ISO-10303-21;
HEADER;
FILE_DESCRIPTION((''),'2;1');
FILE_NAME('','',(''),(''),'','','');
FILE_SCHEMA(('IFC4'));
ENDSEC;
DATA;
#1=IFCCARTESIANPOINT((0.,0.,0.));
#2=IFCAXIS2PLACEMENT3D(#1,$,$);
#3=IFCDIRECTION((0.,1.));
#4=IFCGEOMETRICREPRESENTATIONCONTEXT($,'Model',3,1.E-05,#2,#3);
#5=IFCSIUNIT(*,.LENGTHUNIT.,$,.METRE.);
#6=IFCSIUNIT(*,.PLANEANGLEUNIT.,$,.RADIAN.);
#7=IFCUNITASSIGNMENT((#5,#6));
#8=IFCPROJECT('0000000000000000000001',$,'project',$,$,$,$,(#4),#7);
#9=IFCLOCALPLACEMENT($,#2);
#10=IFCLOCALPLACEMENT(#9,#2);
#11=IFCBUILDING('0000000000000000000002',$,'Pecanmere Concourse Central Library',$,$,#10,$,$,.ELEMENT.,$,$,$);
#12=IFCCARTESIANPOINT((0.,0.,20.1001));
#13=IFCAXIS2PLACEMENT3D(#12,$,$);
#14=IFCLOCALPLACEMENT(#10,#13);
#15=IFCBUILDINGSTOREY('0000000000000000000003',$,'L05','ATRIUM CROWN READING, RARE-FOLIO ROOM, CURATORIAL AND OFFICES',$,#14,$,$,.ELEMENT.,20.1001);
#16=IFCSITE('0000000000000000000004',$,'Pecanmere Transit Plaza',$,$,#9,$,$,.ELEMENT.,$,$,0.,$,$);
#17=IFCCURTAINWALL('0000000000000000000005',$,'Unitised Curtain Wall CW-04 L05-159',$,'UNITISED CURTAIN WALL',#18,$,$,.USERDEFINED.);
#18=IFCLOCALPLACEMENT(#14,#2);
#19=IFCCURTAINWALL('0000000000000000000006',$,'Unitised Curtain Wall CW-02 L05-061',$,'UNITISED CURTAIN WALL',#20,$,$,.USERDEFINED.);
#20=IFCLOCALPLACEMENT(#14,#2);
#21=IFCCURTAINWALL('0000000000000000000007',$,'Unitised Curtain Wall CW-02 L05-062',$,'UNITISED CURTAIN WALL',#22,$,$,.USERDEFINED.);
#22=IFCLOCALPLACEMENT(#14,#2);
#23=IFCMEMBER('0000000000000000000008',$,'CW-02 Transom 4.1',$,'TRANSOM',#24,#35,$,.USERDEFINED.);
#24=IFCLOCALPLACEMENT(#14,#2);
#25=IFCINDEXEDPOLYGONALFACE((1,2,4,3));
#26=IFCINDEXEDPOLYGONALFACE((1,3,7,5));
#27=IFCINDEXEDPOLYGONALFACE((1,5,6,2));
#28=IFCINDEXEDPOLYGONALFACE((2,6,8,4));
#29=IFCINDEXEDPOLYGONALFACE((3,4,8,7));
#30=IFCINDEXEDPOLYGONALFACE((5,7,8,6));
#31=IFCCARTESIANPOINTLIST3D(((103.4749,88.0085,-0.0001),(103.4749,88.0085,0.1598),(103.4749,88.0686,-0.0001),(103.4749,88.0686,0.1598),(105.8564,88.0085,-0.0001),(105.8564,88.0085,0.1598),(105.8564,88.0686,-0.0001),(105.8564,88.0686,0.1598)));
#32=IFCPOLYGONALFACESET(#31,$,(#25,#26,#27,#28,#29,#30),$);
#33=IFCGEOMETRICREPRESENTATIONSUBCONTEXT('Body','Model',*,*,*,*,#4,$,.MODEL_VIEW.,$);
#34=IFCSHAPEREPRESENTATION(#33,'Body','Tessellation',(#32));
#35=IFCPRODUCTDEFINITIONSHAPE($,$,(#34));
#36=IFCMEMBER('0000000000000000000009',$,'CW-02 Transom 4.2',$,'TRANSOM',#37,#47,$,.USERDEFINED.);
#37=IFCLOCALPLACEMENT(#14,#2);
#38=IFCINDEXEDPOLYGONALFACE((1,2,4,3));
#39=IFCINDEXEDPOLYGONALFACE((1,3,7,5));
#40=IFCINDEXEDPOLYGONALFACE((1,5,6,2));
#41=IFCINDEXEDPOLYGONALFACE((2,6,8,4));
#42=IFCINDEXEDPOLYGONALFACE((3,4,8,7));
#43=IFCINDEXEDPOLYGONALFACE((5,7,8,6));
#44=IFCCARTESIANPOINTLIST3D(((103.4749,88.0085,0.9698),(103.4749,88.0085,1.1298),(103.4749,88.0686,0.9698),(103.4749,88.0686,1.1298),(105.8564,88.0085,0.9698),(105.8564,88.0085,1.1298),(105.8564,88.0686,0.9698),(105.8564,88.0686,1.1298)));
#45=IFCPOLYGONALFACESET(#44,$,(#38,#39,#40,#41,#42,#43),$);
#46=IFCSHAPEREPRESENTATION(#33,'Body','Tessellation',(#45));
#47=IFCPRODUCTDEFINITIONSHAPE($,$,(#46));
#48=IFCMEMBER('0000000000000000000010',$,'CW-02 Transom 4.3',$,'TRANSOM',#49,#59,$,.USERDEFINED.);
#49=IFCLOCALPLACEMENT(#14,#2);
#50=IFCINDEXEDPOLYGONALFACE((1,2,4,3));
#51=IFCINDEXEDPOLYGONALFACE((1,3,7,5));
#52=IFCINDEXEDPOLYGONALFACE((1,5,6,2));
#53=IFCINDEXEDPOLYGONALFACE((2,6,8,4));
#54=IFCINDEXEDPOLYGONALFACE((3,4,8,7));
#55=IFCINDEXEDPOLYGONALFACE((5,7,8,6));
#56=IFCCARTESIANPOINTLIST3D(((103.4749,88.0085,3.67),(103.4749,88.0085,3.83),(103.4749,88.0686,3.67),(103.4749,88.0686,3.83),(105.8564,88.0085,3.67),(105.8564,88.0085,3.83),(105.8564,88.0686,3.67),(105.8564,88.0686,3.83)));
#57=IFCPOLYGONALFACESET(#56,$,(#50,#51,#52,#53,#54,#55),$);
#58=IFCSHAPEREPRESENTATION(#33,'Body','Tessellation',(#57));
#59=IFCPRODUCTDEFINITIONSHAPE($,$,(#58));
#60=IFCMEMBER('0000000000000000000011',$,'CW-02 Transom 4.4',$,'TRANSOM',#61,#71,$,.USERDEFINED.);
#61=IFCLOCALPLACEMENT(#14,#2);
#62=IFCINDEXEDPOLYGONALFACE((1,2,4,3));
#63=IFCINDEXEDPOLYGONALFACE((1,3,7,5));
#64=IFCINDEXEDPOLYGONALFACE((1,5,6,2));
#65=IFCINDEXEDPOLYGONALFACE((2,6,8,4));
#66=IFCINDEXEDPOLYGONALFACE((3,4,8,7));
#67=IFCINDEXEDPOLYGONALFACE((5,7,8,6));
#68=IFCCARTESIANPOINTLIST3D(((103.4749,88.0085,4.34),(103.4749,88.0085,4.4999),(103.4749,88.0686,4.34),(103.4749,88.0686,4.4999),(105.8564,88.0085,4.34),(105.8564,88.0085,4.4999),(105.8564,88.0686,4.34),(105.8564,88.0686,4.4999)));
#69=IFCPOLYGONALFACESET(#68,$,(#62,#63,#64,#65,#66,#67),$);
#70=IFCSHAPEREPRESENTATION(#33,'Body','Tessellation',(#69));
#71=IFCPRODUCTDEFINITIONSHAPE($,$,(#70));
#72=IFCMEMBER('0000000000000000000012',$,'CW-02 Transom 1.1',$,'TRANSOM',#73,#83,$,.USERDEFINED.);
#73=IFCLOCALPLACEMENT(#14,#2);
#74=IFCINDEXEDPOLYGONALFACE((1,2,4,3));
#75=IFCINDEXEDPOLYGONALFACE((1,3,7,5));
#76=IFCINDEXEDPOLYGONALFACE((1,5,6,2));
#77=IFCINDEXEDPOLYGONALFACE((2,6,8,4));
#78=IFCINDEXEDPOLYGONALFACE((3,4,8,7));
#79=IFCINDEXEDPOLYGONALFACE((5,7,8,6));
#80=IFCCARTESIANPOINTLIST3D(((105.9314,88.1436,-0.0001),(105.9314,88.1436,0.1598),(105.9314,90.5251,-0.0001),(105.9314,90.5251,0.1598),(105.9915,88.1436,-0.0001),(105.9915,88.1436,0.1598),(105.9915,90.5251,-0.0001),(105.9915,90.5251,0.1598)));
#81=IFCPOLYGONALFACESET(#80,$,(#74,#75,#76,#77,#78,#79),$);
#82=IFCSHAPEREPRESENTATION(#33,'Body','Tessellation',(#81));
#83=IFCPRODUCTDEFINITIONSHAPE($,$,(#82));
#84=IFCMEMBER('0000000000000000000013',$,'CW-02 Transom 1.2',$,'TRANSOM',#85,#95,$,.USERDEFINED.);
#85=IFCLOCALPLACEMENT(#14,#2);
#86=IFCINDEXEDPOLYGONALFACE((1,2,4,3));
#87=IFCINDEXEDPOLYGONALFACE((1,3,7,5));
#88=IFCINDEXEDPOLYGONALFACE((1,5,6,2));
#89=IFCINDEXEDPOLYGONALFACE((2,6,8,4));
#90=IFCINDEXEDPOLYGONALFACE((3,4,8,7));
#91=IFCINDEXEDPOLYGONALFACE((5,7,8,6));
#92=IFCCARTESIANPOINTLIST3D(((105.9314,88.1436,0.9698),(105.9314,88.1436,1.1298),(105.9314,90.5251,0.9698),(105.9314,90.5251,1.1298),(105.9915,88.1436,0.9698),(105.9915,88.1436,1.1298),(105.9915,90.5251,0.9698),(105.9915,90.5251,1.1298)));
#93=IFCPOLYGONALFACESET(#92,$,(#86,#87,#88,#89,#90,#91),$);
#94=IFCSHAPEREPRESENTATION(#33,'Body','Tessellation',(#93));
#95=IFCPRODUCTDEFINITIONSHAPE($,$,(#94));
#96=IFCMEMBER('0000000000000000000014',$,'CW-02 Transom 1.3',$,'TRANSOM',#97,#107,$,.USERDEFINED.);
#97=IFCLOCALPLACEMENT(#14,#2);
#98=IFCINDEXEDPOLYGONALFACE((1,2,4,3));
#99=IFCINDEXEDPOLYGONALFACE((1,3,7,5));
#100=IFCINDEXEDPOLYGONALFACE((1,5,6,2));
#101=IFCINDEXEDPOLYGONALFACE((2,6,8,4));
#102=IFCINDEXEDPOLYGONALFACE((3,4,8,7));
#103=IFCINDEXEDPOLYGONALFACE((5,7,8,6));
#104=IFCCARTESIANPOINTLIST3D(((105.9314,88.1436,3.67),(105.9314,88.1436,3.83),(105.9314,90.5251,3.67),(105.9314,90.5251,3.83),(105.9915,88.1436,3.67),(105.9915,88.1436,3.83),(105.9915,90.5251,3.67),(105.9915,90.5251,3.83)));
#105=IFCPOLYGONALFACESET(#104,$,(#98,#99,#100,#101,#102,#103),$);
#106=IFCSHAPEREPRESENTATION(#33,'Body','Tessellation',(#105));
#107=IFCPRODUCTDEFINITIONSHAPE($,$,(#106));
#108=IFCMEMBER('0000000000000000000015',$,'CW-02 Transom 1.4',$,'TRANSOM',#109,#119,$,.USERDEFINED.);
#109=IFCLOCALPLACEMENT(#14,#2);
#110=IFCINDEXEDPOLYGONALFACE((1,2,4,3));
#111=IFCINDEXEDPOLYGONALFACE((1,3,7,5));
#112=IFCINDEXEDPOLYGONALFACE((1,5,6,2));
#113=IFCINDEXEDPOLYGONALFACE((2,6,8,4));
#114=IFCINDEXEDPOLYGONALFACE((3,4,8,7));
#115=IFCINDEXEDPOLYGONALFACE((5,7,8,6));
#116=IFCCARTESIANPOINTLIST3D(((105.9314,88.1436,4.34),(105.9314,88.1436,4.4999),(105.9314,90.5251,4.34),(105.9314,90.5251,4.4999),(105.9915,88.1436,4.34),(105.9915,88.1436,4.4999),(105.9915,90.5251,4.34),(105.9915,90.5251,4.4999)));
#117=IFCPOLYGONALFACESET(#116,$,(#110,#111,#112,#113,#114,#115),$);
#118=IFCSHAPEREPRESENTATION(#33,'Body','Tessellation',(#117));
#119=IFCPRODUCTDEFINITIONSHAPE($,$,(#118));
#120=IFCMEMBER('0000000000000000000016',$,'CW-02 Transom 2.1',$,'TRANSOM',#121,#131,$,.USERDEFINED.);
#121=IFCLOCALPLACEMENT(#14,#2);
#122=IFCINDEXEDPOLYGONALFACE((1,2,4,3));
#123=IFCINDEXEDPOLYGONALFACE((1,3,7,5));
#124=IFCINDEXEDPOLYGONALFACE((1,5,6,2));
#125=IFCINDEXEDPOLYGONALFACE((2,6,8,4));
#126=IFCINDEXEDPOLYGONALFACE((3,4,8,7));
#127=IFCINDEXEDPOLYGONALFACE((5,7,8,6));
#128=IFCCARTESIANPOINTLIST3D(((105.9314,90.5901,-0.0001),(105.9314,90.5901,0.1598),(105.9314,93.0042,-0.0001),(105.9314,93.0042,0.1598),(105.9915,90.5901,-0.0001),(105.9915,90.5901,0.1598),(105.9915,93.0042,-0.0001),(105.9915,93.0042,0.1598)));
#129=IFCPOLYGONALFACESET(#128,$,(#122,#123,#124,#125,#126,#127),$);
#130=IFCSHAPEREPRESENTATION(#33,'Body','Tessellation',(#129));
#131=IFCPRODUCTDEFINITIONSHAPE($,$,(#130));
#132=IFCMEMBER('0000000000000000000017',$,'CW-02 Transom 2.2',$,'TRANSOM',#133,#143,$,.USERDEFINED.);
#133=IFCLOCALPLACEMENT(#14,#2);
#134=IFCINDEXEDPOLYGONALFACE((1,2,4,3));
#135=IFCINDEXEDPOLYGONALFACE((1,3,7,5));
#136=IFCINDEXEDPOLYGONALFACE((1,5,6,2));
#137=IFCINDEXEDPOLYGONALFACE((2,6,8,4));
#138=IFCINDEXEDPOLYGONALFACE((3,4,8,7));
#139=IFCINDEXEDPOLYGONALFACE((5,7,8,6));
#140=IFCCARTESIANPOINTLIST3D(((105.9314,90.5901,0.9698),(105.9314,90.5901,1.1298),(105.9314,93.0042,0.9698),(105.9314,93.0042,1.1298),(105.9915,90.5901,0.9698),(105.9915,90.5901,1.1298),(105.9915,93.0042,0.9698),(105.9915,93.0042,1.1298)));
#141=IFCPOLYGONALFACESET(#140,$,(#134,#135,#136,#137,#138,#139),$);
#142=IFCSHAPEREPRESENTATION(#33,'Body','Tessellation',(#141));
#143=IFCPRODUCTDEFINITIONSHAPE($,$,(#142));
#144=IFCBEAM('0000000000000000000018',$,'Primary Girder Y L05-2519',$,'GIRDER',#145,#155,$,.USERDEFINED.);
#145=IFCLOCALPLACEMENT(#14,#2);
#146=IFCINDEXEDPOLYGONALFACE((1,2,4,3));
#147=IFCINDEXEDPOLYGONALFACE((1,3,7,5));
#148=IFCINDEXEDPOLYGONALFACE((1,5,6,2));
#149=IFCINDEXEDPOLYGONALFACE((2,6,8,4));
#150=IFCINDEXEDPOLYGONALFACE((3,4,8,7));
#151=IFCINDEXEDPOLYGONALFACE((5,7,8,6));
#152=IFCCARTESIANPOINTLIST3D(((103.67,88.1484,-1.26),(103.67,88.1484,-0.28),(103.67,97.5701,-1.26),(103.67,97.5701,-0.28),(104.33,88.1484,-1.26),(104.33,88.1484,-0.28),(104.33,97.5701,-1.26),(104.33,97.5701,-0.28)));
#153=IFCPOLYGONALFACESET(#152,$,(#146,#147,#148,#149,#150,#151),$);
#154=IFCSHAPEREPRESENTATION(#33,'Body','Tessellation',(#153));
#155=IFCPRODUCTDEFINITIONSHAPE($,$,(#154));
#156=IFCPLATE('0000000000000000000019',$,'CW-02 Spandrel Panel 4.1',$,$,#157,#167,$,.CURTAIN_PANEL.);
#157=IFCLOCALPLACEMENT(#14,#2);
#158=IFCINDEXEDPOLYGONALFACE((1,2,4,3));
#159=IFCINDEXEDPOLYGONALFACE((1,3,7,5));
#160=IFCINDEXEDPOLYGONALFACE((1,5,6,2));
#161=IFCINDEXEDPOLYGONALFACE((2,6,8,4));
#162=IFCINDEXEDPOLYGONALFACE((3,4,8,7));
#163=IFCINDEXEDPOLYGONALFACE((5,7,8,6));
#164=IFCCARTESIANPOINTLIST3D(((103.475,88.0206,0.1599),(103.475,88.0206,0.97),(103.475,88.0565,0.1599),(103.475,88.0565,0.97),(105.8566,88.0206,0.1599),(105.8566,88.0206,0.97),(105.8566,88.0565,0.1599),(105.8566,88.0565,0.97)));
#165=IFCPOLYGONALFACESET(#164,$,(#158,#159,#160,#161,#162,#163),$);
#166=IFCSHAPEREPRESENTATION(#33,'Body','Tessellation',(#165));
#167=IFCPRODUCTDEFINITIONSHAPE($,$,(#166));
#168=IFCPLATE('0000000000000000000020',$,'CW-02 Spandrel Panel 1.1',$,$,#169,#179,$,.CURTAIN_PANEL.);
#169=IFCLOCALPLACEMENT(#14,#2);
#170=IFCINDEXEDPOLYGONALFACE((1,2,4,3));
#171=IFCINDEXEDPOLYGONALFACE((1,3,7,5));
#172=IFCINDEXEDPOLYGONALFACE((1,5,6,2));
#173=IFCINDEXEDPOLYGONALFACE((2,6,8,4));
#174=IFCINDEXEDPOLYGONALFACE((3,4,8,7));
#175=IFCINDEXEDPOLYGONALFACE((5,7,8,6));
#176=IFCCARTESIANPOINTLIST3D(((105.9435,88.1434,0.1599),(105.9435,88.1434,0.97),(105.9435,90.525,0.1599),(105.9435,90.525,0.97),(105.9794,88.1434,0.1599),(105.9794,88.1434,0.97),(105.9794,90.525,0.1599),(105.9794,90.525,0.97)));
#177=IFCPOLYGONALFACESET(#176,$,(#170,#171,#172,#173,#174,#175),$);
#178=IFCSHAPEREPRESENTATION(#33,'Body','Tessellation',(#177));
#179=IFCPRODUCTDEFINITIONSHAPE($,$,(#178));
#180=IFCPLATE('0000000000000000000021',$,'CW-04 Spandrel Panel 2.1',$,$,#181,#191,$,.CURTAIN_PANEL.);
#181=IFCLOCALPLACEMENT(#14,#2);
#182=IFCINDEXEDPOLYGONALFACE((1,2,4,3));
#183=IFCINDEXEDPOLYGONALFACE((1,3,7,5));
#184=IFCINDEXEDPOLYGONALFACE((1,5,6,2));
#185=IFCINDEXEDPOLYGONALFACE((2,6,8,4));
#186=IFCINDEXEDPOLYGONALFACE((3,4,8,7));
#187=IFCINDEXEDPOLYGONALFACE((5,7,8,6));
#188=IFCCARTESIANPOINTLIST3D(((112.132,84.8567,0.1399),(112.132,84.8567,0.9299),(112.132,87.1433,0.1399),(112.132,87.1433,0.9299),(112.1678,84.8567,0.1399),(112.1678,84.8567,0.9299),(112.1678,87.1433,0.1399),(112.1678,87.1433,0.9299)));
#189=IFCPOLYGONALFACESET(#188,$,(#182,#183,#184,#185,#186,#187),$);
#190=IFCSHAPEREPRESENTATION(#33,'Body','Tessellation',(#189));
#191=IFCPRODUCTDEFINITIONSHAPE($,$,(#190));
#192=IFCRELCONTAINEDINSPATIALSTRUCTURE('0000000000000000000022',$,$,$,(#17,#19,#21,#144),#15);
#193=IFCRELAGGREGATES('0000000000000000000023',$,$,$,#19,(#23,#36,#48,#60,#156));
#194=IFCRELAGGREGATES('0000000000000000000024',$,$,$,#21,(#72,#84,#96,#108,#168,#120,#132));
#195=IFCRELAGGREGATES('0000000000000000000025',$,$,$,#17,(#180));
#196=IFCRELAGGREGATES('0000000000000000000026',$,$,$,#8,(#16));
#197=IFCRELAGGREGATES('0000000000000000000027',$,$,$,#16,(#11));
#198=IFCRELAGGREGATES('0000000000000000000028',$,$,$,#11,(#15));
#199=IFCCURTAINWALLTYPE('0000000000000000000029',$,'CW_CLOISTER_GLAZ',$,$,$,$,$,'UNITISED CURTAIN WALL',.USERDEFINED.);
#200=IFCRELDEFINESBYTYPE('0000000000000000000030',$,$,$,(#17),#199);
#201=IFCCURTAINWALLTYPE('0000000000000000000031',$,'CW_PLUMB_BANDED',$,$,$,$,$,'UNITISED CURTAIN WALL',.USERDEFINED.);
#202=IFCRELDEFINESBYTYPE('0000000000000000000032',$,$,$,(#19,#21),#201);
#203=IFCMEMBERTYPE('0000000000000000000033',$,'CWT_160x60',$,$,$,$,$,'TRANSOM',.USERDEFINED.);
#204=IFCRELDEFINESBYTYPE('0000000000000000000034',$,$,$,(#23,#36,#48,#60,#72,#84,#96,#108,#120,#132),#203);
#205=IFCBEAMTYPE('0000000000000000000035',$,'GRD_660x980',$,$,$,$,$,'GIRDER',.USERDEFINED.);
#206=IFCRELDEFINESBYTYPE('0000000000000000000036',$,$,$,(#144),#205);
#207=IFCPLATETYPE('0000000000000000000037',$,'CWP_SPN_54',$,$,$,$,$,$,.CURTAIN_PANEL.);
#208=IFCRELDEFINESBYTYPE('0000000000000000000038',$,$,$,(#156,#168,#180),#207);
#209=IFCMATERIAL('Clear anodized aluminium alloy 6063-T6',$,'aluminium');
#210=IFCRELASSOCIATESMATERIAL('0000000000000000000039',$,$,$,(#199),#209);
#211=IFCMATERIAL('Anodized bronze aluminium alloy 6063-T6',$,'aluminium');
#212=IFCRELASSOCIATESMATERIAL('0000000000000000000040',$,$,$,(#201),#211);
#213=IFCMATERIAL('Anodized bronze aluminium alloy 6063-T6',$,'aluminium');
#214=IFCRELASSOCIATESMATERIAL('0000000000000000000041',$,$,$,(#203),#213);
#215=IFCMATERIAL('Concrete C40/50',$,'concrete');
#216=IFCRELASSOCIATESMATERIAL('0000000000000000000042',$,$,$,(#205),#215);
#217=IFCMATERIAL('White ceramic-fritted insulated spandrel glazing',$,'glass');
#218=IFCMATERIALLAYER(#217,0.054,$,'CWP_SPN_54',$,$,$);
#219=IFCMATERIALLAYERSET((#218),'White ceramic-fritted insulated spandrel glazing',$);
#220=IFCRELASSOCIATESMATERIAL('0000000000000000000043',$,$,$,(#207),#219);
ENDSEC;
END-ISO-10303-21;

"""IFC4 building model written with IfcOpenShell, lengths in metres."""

from ifc_helpers import new_model, si_unit, direction, frame, origin, origin_2d, place, context, subcontext, project, spatial, rectangle, extrude, material, layer, layer_set, material_profile, profile_set, type_object, element, aggregate, save


model = new_model("IFC4")

# Units and contexts
model_context = context("Model", 3, precision=1e-05, world=origin(), true_north=direction((0.0, 1.0)))
body_context = subcontext(model_context, "Body", "Model", "MODEL_VIEW")
ifc_project = project(units=[si_unit("LENGTHUNIT", "METRE"), si_unit("PLANEANGLEUNIT", "RADIAN")], contexts=[model_context])

# Site, building, storey
site_placement = place(None, origin())
site = spatial("IfcSite", under=ifc_project, at=site_placement, Name="Pecanmere Transit Plaza", CompositionType="ELEMENT", RefElevation=0.0)
building_placement = place(site_placement, origin())
building = spatial("IfcBuilding", under=site, at=building_placement, Name="Pecanmere Concourse Central Library", CompositionType="ELEMENT")
storey_placement = place(building_placement, frame((0.0, 0.0, 20.1001)))
storey = spatial("IfcBuildingStorey", under=building, at=storey_placement, Name="L05", Description="ATRIUM CROWN READING, RARE-FOLIO ROOM, CURATORIAL AND OFFICES", CompositionType="ELEMENT", Elevation=20.1001)

# Curtain wall
ifc_material_1 = material(Name="Clear anodized aluminium alloy 6063-T6", Category="aluminium")
curtain_wall_type_1 = type_object("IfcCurtainWallType", Name="CW_CLOISTER_GLAZ", ElementType="UNITISED CURTAIN WALL", PredefinedType="USERDEFINED", material=ifc_material_1)
curtain_wall_1_placement = place(storey_placement, origin())
curtain_wall_1 = element("IfcCurtainWall", 1, at=curtain_wall_1_placement, inside=storey, type_object=curtain_wall_type_1, Name="Unitised Curtain Wall CW-04 L05-159", ObjectType="UNITISED CURTAIN WALL", PredefinedType="USERDEFINED")

# Curtain wall
ifc_material_2 = material(Name="Anodized bronze aluminium alloy 6063-T6", Category="aluminium")
curtain_wall_type_2 = type_object("IfcCurtainWallType", Name="CW_PLUMB_BANDED", ElementType="UNITISED CURTAIN WALL", PredefinedType="USERDEFINED", material=ifc_material_2)
curtain_wall_2_placement = place(storey_placement, origin())
curtain_wall_2 = element("IfcCurtainWall", 2, at=curtain_wall_2_placement, inside=storey, type_object=curtain_wall_type_2, Name="Unitised Curtain Wall CW-02 L05-061", ObjectType="UNITISED CURTAIN WALL", PredefinedType="USERDEFINED")

# Curtain wall
curtain_wall_3_placement = place(storey_placement, origin())
curtain_wall_3 = element("IfcCurtainWall", 3, at=curtain_wall_3_placement, inside=storey, type_object=curtain_wall_type_2, Name="Unitised Curtain Wall CW-02 L05-062", ObjectType="UNITISED CURTAIN WALL", PredefinedType="USERDEFINED")

# Members
ifc_material_3 = material(Name="Anodized bronze aluminium alloy 6063-T6", Category="aluminium")
ifc_material_profile_1 = material_profile(ifc_material_3, rectangle(XDim=0.0601, YDim=0.1599, at=origin_2d()), Name="AL 60x160")
ifc_profile_set_1 = profile_set([ifc_material_profile_1], Name="Anodized bronze aluminium alloy 6063-T6")
member_type_1 = type_object("IfcMemberType", Name="CWT_160x60", ElementType="TRANSOM", PredefinedType="USERDEFINED", material=ifc_profile_set_1)
member_1_placement = place(storey_placement, frame((103.4749, 88.0386, 0.0798), z_axis=(1.0, 0.0, 0.0), x_axis=(0.0, 1.0, 0.0)))
member_1 = element("IfcMember", 4, at=member_1_placement, type_object=member_type_1, Name="CW-02 Transom 4.1", ObjectType="TRANSOM", PredefinedType="USERDEFINED", context=body_context, shape_type="SweptSolid", body=[
    extrude(rectangle(XDim=0.0601, YDim=0.1599, at=origin_2d()), origin(), (0.0, 0.0, 1.0), 2.3816),
])
member_2_placement = place(storey_placement, frame((103.4749, 88.0386, 1.0498), z_axis=(1.0, 0.0, 0.0), x_axis=(0.0, 1.0, 0.0)))
member_2 = element("IfcMember", 5, at=member_2_placement, type_object=member_type_1, Name="CW-02 Transom 4.2", ObjectType="TRANSOM", PredefinedType="USERDEFINED", context=body_context, shape_type="SweptSolid", body=[
    extrude(rectangle(XDim=0.0601, YDim=0.1599, at=origin_2d()), origin(), (0.0, 0.0, 1.0), 2.3816),
])
member_3_placement = place(storey_placement, frame((103.4749, 88.0386, 3.75), z_axis=(1.0, 0.0, 0.0), x_axis=(0.0, 1.0, 0.0)))
member_3 = element("IfcMember", 6, at=member_3_placement, type_object=member_type_1, Name="CW-02 Transom 4.3", ObjectType="TRANSOM", PredefinedType="USERDEFINED", context=body_context, shape_type="SweptSolid", body=[
    extrude(rectangle(XDim=0.0601, YDim=0.1599, at=origin_2d()), origin(), (0.0, 0.0, 1.0), 2.3816),
])
member_4_placement = place(storey_placement, frame((103.4749, 88.0386, 4.4199), z_axis=(1.0, 0.0, 0.0), x_axis=(0.0, 1.0, 0.0)))
member_4 = element("IfcMember", 7, at=member_4_placement, type_object=member_type_1, Name="CW-02 Transom 4.4", ObjectType="TRANSOM", PredefinedType="USERDEFINED", context=body_context, shape_type="SweptSolid", body=[
    extrude(rectangle(XDim=0.0601, YDim=0.1599, at=origin_2d()), origin(), (0.0, 0.0, 1.0), 2.3816),
])
member_5_placement = place(storey_placement, frame((105.9614, 88.1436, 0.0798), z_axis=(0.0, 1.0, 0.0), x_axis=(-1.0, 0.0, 0.0)))
member_5 = element("IfcMember", 8, at=member_5_placement, type_object=member_type_1, Name="CW-02 Transom 1.1", ObjectType="TRANSOM", PredefinedType="USERDEFINED", context=body_context, shape_type="SweptSolid", body=[
    extrude(rectangle(XDim=0.0601, YDim=0.1599, at=origin_2d()), origin(), (0.0, 0.0, 1.0), 2.3816),
])
member_6_placement = place(storey_placement, frame((105.9614, 88.1436, 1.0498), z_axis=(0.0, 1.0, 0.0), x_axis=(-1.0, 0.0, 0.0)))
member_6 = element("IfcMember", 9, at=member_6_placement, type_object=member_type_1, Name="CW-02 Transom 1.2", ObjectType="TRANSOM", PredefinedType="USERDEFINED", context=body_context, shape_type="SweptSolid", body=[
    extrude(rectangle(XDim=0.0601, YDim=0.1599, at=origin_2d()), origin(), (0.0, 0.0, 1.0), 2.3816),
])
member_7_placement = place(storey_placement, frame((105.9614, 88.1436, 3.75), z_axis=(0.0, 1.0, 0.0), x_axis=(-1.0, 0.0, 0.0)))
member_7 = element("IfcMember", 10, at=member_7_placement, type_object=member_type_1, Name="CW-02 Transom 1.3", ObjectType="TRANSOM", PredefinedType="USERDEFINED", context=body_context, shape_type="SweptSolid", body=[
    extrude(rectangle(XDim=0.0601, YDim=0.1599, at=origin_2d()), origin(), (0.0, 0.0, 1.0), 2.3816),
])
member_8_placement = place(storey_placement, frame((105.9614, 88.1436, 4.4199), z_axis=(0.0, 1.0, 0.0), x_axis=(-1.0, 0.0, 0.0)))
member_8 = element("IfcMember", 11, at=member_8_placement, type_object=member_type_1, Name="CW-02 Transom 1.4", ObjectType="TRANSOM", PredefinedType="USERDEFINED", context=body_context, shape_type="SweptSolid", body=[
    extrude(rectangle(XDim=0.0601, YDim=0.1599, at=origin_2d()), origin(), (0.0, 0.0, 1.0), 2.3816),
])
member_9_placement = place(storey_placement, frame((105.9614, 90.5901, 0.0798), z_axis=(0.0, 1.0, 0.0), x_axis=(-1.0, 0.0, 0.0)))
member_9 = element("IfcMember", 12, at=member_9_placement, type_object=member_type_1, Name="CW-02 Transom 2.1", ObjectType="TRANSOM", PredefinedType="USERDEFINED", context=body_context, shape_type="SweptSolid", body=[
    extrude(rectangle(XDim=0.0601, YDim=0.1599, at=origin_2d()), origin(), (0.0, 0.0, 1.0), 2.4141),
])
member_10_placement = place(storey_placement, frame((105.9614, 90.5901, 1.0498), z_axis=(0.0, 1.0, 0.0), x_axis=(-1.0, 0.0, 0.0)))
member_10 = element("IfcMember", 13, at=member_10_placement, type_object=member_type_1, Name="CW-02 Transom 2.2", ObjectType="TRANSOM", PredefinedType="USERDEFINED", context=body_context, shape_type="SweptSolid", body=[
    extrude(rectangle(XDim=0.0601, YDim=0.1599, at=origin_2d()), origin(), (0.0, 0.0, 1.0), 2.4141),
])

# Beam
ifc_material_4 = material(Name="Concrete C40/50", Category="concrete")
ifc_material_profile_2 = material_profile(ifc_material_4, rectangle(XDim=0.6599, YDim=0.98, at=origin_2d()), Name="RC 660x980")
ifc_profile_set_2 = profile_set([ifc_material_profile_2], Name="Concrete C40/50")
beam_type_1 = type_object("IfcBeamType", Name="GRD_660x980", ElementType="GIRDER", PredefinedType="USERDEFINED", material=ifc_profile_set_2)
beam_placement = place(storey_placement, frame((104.0, 88.1484, -0.77), z_axis=(0.0, 1.0, 0.0), x_axis=(-1.0, 0.0, 0.0)))
element("IfcBeam", 14, at=beam_placement, inside=storey, type_object=beam_type_1, Name="Primary Girder Y L05-2519", ObjectType="GIRDER", PredefinedType="USERDEFINED", context=body_context, shape_type="SweptSolid", body=[
    extrude(rectangle(XDim=0.6599, YDim=0.98, at=origin_2d()), origin(), (0.0, 0.0, 1.0), 9.4216),
])

# Plates
ifc_material_5 = material(Name="White ceramic-fritted insulated spandrel glazing", Category="glass")
ifc_layer_1 = layer(ifc_material_5, 0.054, Name="CWP_SPN_54")
ifc_layer_set_1 = layer_set([ifc_layer_1], Name="White ceramic-fritted insulated spandrel glazing")
plate_type_1 = type_object("IfcPlateType", Name="CWP_SPN_54", PredefinedType="CURTAIN_PANEL", material=ifc_layer_set_1)
plate_1_placement = place(storey_placement, frame((104.6658, 88.0386, 0.1599), z_axis=(0.0, 0.0, 1.0), x_axis=(1.0, 0.0, 0.0)))
plate_1 = element("IfcPlate", 15, at=plate_1_placement, type_object=plate_type_1, Name="CW-02 Spandrel Panel 4.1", PredefinedType="CURTAIN_PANEL", context=body_context, shape_type="SweptSolid", body=[
    extrude(rectangle(XDim=2.3816, YDim=0.0359, at=origin_2d()), origin(), (0.0, 0.0, 1.0), 0.8101),
])
plate_2_placement = place(storey_placement, frame((105.9614, 89.3342, 0.1599), z_axis=(0.0, 0.0, 1.0), x_axis=(0.0, 1.0, 0.0)))
plate_2 = element("IfcPlate", 16, at=plate_2_placement, type_object=plate_type_1, Name="CW-02 Spandrel Panel 1.1", PredefinedType="CURTAIN_PANEL", context=body_context, shape_type="SweptSolid", body=[
    extrude(rectangle(XDim=2.3816, YDim=0.0359, at=origin_2d()), origin(), (0.0, 0.0, 1.0), 0.8101),
])
plate_3_placement = place(storey_placement, frame((112.1499, 86.0, 0.1399), z_axis=(0.0, 0.0, 1.0), x_axis=(0.0, -1.0, 0.0)))
plate_3 = element("IfcPlate", 17, at=plate_3_placement, type_object=plate_type_1, Name="CW-04 Spandrel Panel 2.1", PredefinedType="CURTAIN_PANEL", context=body_context, shape_type="SweptSolid", body=[
    extrude(rectangle(XDim=2.2866, YDim=0.0359, at=origin_2d()), origin(), (0.0, 0.0, 1.0), 0.79),
])
aggregate(curtain_wall_2, [member_1, member_2, member_3, member_4, plate_1])
aggregate(curtain_wall_3, [member_5, member_6, member_7, member_8, plate_2, member_9, member_10])
aggregate(curtain_wall_1, [plate_3])

save(model, "model.ifc")
